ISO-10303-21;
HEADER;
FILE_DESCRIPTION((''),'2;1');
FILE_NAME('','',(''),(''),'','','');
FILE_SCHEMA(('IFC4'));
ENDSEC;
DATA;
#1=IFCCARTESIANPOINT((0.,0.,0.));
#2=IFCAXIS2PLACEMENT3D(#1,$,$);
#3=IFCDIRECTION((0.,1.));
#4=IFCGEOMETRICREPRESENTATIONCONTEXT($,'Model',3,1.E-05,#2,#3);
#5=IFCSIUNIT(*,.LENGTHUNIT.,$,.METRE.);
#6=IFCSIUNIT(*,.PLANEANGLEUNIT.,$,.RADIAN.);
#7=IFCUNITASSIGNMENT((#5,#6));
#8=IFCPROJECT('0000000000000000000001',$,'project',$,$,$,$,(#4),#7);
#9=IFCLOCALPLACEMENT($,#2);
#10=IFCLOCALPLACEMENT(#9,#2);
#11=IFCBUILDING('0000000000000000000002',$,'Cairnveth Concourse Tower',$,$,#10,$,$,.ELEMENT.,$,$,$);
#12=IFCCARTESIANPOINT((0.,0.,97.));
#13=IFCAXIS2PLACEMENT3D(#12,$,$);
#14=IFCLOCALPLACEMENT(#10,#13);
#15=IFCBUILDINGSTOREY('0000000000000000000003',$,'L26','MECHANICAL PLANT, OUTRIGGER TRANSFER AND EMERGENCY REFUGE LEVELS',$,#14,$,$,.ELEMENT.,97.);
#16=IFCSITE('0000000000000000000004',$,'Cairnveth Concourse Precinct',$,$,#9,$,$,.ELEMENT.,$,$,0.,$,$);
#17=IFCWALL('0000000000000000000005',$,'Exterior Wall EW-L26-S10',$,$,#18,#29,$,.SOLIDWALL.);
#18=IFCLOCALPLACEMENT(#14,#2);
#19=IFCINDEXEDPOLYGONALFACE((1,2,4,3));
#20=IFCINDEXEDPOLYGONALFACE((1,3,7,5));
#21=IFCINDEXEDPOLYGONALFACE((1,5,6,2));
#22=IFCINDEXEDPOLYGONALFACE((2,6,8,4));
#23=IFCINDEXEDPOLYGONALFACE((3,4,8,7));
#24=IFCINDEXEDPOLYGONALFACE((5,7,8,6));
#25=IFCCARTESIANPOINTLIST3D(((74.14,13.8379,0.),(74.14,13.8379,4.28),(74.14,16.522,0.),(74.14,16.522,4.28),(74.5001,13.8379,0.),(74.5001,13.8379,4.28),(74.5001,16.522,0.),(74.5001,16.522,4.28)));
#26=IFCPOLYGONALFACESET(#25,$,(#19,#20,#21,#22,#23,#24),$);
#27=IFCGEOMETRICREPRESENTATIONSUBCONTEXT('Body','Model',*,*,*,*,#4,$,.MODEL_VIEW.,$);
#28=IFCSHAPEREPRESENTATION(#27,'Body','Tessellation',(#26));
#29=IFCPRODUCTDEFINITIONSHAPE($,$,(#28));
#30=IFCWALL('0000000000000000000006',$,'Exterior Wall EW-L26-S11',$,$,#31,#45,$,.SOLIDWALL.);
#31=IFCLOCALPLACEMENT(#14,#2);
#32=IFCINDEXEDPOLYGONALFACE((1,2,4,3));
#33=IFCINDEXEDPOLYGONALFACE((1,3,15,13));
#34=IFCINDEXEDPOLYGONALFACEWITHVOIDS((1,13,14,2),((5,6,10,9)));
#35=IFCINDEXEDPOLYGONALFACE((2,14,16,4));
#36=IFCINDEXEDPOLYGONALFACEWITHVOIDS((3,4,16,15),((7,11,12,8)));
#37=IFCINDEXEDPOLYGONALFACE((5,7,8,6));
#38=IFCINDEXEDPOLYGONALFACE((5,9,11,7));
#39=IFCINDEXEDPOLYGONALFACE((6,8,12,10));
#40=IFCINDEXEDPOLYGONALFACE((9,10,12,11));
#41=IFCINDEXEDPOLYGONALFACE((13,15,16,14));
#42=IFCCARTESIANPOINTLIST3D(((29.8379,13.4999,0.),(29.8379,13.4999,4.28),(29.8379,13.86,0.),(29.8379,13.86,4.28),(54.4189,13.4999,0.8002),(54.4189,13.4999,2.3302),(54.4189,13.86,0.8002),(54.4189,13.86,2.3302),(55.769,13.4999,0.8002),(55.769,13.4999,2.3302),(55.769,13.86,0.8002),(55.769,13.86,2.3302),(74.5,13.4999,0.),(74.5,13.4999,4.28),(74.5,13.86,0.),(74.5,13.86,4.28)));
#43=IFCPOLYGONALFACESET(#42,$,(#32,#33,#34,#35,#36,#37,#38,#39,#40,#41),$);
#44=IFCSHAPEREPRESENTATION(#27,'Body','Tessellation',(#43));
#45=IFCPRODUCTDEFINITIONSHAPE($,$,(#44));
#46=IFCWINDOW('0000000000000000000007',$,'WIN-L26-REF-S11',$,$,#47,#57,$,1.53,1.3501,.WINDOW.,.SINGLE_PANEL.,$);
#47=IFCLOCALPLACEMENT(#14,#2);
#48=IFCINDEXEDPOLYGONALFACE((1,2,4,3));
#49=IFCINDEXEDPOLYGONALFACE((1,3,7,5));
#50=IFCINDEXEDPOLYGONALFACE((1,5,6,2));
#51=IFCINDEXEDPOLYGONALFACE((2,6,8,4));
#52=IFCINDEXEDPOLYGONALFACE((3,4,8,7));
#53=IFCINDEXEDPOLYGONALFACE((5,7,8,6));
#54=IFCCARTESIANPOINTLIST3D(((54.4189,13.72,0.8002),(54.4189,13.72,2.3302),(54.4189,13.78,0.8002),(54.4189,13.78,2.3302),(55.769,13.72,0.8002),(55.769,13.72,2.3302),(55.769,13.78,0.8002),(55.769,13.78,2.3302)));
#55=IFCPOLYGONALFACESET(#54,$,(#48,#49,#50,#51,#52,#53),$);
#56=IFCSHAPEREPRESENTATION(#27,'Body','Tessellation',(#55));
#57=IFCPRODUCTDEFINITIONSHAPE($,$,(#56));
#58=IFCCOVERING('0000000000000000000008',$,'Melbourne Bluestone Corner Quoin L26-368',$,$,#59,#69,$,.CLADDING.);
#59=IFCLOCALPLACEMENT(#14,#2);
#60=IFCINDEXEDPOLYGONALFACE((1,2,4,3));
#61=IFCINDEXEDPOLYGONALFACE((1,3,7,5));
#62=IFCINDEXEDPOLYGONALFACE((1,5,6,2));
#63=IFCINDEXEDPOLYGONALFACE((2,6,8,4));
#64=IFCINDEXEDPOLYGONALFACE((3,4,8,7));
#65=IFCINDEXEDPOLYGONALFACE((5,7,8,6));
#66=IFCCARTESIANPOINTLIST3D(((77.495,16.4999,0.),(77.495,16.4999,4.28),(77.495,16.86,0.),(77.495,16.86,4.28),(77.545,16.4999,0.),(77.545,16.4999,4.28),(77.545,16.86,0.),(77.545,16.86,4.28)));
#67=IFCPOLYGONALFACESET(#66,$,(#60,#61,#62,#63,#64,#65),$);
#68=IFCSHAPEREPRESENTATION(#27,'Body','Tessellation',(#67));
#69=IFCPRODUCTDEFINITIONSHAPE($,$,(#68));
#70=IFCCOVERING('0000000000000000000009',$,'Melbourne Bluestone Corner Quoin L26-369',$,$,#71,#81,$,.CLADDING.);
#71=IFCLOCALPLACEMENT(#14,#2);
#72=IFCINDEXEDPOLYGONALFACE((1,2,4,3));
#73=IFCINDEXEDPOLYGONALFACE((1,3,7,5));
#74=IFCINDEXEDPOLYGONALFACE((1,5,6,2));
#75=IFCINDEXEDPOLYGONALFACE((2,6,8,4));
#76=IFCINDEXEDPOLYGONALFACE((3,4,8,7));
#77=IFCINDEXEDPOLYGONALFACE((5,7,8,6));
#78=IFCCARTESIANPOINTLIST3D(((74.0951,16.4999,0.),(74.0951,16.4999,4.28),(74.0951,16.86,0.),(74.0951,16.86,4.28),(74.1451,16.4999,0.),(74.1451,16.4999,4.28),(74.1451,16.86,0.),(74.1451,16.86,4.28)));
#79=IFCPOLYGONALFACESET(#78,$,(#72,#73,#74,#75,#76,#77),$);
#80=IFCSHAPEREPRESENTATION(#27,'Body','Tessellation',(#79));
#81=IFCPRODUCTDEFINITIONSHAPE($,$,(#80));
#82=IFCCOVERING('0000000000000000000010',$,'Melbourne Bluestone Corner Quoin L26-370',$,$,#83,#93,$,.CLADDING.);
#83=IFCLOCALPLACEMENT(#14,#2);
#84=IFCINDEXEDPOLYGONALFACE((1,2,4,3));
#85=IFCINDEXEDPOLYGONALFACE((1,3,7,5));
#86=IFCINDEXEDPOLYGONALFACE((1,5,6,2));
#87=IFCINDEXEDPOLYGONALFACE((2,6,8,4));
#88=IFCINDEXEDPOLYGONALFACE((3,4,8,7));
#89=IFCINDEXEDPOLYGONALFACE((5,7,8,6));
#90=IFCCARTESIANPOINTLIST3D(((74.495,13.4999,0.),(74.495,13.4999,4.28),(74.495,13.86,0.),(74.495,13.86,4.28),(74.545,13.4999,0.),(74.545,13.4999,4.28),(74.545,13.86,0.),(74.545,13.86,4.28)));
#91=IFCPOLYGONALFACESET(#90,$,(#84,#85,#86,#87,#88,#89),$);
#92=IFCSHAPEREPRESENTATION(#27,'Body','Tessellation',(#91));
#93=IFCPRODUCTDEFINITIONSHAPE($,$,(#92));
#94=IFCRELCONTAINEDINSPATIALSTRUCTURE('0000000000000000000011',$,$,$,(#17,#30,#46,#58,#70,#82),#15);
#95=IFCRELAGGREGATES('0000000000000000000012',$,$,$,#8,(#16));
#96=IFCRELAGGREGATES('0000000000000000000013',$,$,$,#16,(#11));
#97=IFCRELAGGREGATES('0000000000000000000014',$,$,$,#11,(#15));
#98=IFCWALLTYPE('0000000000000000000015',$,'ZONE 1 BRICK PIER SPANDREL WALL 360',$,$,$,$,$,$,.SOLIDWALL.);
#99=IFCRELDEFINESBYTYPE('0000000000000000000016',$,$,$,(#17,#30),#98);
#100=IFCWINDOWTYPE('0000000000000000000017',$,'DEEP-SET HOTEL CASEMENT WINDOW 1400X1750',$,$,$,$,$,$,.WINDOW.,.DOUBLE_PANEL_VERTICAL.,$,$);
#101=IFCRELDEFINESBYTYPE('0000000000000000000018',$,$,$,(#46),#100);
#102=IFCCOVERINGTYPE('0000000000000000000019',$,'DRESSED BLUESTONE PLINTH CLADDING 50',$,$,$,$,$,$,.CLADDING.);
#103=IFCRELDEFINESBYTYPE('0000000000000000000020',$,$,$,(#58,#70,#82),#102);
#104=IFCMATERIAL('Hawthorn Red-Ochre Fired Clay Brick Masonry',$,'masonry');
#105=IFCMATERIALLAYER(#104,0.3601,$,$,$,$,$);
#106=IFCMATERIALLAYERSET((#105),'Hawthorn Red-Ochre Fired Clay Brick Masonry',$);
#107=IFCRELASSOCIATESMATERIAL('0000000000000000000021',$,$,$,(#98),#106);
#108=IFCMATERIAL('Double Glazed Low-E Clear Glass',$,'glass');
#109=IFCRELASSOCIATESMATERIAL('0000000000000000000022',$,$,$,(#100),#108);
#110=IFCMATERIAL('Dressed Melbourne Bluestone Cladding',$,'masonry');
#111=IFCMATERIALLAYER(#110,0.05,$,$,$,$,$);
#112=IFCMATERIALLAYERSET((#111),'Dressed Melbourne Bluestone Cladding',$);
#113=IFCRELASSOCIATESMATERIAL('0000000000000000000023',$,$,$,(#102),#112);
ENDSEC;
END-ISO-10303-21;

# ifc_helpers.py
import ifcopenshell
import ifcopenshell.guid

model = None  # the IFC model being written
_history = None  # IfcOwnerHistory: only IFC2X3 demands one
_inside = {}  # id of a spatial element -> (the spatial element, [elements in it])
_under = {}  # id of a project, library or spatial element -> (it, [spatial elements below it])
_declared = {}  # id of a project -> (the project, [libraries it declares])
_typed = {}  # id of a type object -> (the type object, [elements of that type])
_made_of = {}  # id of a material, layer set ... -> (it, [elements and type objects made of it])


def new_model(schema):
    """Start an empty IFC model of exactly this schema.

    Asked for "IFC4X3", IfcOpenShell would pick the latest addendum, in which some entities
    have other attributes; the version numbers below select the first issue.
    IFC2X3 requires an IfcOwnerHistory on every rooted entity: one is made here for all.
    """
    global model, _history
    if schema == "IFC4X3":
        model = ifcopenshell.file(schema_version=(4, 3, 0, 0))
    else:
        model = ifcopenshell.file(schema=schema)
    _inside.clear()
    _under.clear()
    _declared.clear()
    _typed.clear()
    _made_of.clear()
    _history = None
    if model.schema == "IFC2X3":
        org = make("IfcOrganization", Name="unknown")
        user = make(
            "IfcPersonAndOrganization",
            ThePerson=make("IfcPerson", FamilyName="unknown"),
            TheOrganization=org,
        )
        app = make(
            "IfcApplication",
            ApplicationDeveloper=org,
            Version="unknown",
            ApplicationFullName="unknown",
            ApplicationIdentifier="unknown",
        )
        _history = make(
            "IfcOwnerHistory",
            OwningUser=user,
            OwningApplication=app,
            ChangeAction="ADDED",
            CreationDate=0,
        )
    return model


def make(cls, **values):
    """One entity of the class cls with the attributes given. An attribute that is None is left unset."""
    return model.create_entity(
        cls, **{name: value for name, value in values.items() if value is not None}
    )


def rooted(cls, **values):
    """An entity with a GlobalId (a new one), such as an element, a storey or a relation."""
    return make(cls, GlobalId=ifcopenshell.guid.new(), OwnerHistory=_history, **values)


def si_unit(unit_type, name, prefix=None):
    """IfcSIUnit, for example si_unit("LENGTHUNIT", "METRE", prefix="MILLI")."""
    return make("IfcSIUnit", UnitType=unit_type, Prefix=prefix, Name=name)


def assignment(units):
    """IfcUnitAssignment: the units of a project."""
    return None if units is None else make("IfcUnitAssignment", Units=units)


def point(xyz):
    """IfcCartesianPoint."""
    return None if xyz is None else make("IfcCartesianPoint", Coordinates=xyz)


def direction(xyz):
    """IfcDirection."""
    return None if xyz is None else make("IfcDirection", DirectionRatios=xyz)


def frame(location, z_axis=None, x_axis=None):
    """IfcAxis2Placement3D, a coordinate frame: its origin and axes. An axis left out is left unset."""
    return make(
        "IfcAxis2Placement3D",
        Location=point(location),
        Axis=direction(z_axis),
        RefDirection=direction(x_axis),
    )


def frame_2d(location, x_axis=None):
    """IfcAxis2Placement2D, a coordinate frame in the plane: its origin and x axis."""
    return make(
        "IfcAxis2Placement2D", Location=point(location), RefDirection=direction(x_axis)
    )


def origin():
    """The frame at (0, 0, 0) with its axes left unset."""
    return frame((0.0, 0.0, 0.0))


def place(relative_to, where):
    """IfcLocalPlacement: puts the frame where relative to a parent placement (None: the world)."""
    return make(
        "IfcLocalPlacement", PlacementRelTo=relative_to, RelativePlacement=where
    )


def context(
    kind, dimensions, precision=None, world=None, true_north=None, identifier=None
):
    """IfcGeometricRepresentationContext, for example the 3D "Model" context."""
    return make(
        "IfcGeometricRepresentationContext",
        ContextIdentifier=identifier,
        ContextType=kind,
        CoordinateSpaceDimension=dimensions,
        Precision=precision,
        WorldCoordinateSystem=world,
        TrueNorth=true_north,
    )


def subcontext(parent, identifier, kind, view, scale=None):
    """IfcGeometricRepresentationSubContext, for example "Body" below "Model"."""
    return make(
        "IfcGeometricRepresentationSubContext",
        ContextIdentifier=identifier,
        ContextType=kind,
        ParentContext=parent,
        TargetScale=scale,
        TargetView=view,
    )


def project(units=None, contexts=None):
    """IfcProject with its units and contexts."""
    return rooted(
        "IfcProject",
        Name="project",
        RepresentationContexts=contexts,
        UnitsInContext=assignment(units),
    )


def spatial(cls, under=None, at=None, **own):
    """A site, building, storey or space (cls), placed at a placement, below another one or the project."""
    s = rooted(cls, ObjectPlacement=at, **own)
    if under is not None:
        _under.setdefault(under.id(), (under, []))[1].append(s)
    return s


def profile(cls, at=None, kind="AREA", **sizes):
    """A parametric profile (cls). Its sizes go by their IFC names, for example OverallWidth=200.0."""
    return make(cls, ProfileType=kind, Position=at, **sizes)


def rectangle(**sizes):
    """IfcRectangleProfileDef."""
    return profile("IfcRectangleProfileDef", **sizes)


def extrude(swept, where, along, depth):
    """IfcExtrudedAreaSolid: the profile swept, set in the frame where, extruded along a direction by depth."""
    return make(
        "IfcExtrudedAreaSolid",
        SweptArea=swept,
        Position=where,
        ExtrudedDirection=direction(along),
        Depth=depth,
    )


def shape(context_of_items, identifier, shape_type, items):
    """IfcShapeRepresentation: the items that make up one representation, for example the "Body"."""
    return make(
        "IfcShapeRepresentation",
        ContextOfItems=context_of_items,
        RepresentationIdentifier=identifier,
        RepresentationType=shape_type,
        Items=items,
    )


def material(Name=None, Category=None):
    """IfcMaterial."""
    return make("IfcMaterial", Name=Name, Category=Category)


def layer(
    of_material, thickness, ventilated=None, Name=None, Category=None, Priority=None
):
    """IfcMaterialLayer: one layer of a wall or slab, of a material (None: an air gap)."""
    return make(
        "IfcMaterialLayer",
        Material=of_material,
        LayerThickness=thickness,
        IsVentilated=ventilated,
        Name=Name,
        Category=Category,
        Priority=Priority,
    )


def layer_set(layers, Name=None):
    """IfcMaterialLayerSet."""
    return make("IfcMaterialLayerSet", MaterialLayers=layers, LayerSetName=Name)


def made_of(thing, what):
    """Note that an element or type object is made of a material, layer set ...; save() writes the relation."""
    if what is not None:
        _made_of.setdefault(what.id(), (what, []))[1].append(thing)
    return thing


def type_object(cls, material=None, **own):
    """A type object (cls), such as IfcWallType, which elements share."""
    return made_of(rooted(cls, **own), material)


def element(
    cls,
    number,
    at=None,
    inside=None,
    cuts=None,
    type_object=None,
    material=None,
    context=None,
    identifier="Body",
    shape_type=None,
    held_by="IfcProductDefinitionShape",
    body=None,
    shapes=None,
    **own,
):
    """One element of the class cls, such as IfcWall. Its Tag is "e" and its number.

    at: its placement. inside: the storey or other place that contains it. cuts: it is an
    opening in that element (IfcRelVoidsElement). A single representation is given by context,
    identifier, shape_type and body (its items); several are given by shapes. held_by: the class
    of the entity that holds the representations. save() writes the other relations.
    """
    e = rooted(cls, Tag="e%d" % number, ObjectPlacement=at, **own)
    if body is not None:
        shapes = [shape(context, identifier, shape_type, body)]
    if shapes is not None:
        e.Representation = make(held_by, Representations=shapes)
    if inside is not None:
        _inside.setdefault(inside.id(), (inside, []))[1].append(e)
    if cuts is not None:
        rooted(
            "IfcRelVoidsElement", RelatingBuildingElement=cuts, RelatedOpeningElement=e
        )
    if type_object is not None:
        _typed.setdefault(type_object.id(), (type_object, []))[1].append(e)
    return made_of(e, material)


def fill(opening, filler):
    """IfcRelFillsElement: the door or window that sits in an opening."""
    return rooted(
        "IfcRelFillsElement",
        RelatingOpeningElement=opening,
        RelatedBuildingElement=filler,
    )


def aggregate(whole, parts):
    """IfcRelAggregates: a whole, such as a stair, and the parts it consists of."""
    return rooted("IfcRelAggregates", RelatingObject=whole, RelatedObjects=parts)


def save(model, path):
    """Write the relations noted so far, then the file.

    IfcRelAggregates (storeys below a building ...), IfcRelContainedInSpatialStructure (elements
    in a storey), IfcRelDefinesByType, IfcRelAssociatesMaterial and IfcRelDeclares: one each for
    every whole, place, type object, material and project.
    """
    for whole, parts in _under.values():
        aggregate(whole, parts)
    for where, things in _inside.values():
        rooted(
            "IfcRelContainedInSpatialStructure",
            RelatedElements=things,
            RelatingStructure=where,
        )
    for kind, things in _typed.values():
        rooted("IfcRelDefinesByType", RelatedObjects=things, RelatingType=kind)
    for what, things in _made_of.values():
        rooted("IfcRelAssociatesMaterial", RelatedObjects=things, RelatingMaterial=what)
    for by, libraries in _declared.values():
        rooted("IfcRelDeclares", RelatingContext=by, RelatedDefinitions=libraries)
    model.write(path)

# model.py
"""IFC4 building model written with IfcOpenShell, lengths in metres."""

from ifc_helpers import new_model, si_unit, direction, frame, frame_2d, origin, place, context, subcontext, project, spatial, rectangle, extrude, material, layer, layer_set, type_object, element, fill, save


model = new_model("IFC4")

# Units and contexts
model_context = context("Model", 3, precision=1e-05, world=origin(), true_north=direction((0.0, 1.0)))
body_context = subcontext(model_context, "Body", "Model", "MODEL_VIEW")
ifc_project = project(units=[si_unit("LENGTHUNIT", "METRE"), si_unit("PLANEANGLEUNIT", "RADIAN")], contexts=[model_context])

# Site, building, storey
site_placement = place(None, origin())
site = spatial("IfcSite", under=ifc_project, at=site_placement, Name="Cairnveth Concourse Precinct", CompositionType="ELEMENT", RefElevation=0.0)
building_placement = place(site_placement, origin())
building = spatial("IfcBuilding", under=site, at=building_placement, Name="Cairnveth Concourse Tower", CompositionType="ELEMENT")
storey_placement = place(building_placement, frame((0.0, 0.0, 97.0)))
storey = spatial("IfcBuildingStorey", under=building, at=storey_placement, Name="L26", Description="MECHANICAL PLANT, OUTRIGGER TRANSFER AND EMERGENCY REFUGE LEVELS", CompositionType="ELEMENT", Elevation=97.0)

# Wall
ifc_material_1 = material(Name="Hawthorn Red-Ochre Fired Clay Brick Masonry", Category="masonry")
ifc_layer_1 = layer(ifc_material_1, 0.3601)
ifc_layer_set_1 = layer_set([ifc_layer_1], Name="Hawthorn Red-Ochre Fired Clay Brick Masonry")
wall_type = type_object("IfcWallType", Name="ZONE 1 BRICK PIER SPANDREL WALL 360", PredefinedType="SOLIDWALL", material=ifc_layer_set_1)
wall_1_placement = place(storey_placement, frame((74.3201, 16.522, 0.0), z_axis=(0.0, 0.0, 1.0), x_axis=(0.0, -1.0, 0.0)))
element("IfcWall", 1, at=wall_1_placement, inside=storey, type_object=wall_type, Name="Exterior Wall EW-L26-S10", PredefinedType="SOLIDWALL", context=body_context, shape_type="SweptSolid", body=[
    extrude(rectangle(XDim=2.6841, YDim=0.3601, at=frame_2d((1.342, 0.0))), origin(), (0.0, 0.0, 1.0), 4.28),
])

# Wall, opening, window
wall_2_placement = place(storey_placement, frame((74.5, 13.6799, 0.0), z_axis=(0.0, 0.0, 1.0), x_axis=(-1.0, 0.0, 0.0)))
wall_2 = element("IfcWall", 2, at=wall_2_placement, inside=storey, type_object=wall_type, Name="Exterior Wall EW-L26-S11", PredefinedType="SOLIDWALL", context=body_context, shape_type="SweptSolid", body=[
    extrude(rectangle(XDim=44.6621, YDim=0.3601, at=frame_2d((22.3311, 0.0))), origin(), (0.0, 0.0, 1.0), 4.28),
])
opening_placement = place(wall_2_placement, frame((18.731, 0.0, 0.8)))
opening = element("IfcOpeningElement", 3, at=opening_placement, cuts=wall_2, PredefinedType="OPENING", context=body_context, shape_type="SweptSolid", body=[
    extrude(rectangle(XDim=1.3501, YDim=1.53, at=frame_2d((0.675, 0.7651))), frame((0.0, 0.1899, 0.0), z_axis=(0.0, -1.0, 0.0), x_axis=(1.0, 0.0, 0.0)), (0.0, 0.0, 1.0), 0.3801),
])
ifc_material_2 = material(Name="Double Glazed Low-E Clear Glass", Category="glass")
window_type = type_object("IfcWindowType", Name="DEEP-SET HOTEL CASEMENT WINDOW 1400X1750", PartitioningType="DOUBLE_PANEL_VERTICAL", PredefinedType="WINDOW", material=ifc_material_2)
window_placement = place(opening_placement, origin())
window = element("IfcWindow", 4, at=window_placement, inside=storey, type_object=window_type, Name="WIN-L26-REF-S11", OverallHeight=1.53, OverallWidth=1.3501, PartitioningType="SINGLE_PANEL", PredefinedType="WINDOW", context=body_context, shape_type="SweptSolid", body=[
    extrude(rectangle(XDim=1.3501, YDim=1.53, at=frame_2d((0.675, 0.7651))), frame((0.0, -0.04, 0.0), z_axis=(0.0, -1.0, 0.0), x_axis=(1.0, 0.0, 0.0)), (0.0, 0.0, 1.0), 0.0601),
])
fill(opening, window)

# Coverings
ifc_material_3 = material(Name="Dressed Melbourne Bluestone Cladding", Category="masonry")
ifc_layer_2 = layer(ifc_material_3, 0.05)
ifc_layer_set_2 = layer_set([ifc_layer_2], Name="Dressed Melbourne Bluestone Cladding")
covering_type = type_object("IfcCoveringType", Name="DRESSED BLUESTONE PLINTH CLADDING 50", PredefinedType="CLADDING", material=ifc_layer_set_2)
for number, where, z_axis, x_axis, name in (
    (5, (77.52, 16.8601, 0.0), (0.0, 0.0, 1.0), (0.0, -1.0, 0.0), "Melbourne Bluestone Corner Quoin L26-368"),
    (6, (74.1201, 16.8601, 0.0), (0.0, 0.0, 1.0), (0.0, -1.0, 0.0), "Melbourne Bluestone Corner Quoin L26-369"),
    (7, (74.52, 13.8601, 0.0), (0.0, 0.0, 1.0), (0.0, -1.0, 0.0), "Melbourne Bluestone Corner Quoin L26-370"),
):
    element("IfcCovering", number, at=place(storey_placement, frame(where, z_axis=z_axis, x_axis=x_axis)), inside=storey, type_object=covering_type, Name=name, PredefinedType="CLADDING", context=body_context, shape_type="SweptSolid", body=[
        extrude(rectangle(XDim=0.3601, YDim=0.05, at=frame_2d((0.1802, 0.0))), origin(), (0.0, 0.0, 1.0), 4.28),
    ])

save(model, "model.ifc")
